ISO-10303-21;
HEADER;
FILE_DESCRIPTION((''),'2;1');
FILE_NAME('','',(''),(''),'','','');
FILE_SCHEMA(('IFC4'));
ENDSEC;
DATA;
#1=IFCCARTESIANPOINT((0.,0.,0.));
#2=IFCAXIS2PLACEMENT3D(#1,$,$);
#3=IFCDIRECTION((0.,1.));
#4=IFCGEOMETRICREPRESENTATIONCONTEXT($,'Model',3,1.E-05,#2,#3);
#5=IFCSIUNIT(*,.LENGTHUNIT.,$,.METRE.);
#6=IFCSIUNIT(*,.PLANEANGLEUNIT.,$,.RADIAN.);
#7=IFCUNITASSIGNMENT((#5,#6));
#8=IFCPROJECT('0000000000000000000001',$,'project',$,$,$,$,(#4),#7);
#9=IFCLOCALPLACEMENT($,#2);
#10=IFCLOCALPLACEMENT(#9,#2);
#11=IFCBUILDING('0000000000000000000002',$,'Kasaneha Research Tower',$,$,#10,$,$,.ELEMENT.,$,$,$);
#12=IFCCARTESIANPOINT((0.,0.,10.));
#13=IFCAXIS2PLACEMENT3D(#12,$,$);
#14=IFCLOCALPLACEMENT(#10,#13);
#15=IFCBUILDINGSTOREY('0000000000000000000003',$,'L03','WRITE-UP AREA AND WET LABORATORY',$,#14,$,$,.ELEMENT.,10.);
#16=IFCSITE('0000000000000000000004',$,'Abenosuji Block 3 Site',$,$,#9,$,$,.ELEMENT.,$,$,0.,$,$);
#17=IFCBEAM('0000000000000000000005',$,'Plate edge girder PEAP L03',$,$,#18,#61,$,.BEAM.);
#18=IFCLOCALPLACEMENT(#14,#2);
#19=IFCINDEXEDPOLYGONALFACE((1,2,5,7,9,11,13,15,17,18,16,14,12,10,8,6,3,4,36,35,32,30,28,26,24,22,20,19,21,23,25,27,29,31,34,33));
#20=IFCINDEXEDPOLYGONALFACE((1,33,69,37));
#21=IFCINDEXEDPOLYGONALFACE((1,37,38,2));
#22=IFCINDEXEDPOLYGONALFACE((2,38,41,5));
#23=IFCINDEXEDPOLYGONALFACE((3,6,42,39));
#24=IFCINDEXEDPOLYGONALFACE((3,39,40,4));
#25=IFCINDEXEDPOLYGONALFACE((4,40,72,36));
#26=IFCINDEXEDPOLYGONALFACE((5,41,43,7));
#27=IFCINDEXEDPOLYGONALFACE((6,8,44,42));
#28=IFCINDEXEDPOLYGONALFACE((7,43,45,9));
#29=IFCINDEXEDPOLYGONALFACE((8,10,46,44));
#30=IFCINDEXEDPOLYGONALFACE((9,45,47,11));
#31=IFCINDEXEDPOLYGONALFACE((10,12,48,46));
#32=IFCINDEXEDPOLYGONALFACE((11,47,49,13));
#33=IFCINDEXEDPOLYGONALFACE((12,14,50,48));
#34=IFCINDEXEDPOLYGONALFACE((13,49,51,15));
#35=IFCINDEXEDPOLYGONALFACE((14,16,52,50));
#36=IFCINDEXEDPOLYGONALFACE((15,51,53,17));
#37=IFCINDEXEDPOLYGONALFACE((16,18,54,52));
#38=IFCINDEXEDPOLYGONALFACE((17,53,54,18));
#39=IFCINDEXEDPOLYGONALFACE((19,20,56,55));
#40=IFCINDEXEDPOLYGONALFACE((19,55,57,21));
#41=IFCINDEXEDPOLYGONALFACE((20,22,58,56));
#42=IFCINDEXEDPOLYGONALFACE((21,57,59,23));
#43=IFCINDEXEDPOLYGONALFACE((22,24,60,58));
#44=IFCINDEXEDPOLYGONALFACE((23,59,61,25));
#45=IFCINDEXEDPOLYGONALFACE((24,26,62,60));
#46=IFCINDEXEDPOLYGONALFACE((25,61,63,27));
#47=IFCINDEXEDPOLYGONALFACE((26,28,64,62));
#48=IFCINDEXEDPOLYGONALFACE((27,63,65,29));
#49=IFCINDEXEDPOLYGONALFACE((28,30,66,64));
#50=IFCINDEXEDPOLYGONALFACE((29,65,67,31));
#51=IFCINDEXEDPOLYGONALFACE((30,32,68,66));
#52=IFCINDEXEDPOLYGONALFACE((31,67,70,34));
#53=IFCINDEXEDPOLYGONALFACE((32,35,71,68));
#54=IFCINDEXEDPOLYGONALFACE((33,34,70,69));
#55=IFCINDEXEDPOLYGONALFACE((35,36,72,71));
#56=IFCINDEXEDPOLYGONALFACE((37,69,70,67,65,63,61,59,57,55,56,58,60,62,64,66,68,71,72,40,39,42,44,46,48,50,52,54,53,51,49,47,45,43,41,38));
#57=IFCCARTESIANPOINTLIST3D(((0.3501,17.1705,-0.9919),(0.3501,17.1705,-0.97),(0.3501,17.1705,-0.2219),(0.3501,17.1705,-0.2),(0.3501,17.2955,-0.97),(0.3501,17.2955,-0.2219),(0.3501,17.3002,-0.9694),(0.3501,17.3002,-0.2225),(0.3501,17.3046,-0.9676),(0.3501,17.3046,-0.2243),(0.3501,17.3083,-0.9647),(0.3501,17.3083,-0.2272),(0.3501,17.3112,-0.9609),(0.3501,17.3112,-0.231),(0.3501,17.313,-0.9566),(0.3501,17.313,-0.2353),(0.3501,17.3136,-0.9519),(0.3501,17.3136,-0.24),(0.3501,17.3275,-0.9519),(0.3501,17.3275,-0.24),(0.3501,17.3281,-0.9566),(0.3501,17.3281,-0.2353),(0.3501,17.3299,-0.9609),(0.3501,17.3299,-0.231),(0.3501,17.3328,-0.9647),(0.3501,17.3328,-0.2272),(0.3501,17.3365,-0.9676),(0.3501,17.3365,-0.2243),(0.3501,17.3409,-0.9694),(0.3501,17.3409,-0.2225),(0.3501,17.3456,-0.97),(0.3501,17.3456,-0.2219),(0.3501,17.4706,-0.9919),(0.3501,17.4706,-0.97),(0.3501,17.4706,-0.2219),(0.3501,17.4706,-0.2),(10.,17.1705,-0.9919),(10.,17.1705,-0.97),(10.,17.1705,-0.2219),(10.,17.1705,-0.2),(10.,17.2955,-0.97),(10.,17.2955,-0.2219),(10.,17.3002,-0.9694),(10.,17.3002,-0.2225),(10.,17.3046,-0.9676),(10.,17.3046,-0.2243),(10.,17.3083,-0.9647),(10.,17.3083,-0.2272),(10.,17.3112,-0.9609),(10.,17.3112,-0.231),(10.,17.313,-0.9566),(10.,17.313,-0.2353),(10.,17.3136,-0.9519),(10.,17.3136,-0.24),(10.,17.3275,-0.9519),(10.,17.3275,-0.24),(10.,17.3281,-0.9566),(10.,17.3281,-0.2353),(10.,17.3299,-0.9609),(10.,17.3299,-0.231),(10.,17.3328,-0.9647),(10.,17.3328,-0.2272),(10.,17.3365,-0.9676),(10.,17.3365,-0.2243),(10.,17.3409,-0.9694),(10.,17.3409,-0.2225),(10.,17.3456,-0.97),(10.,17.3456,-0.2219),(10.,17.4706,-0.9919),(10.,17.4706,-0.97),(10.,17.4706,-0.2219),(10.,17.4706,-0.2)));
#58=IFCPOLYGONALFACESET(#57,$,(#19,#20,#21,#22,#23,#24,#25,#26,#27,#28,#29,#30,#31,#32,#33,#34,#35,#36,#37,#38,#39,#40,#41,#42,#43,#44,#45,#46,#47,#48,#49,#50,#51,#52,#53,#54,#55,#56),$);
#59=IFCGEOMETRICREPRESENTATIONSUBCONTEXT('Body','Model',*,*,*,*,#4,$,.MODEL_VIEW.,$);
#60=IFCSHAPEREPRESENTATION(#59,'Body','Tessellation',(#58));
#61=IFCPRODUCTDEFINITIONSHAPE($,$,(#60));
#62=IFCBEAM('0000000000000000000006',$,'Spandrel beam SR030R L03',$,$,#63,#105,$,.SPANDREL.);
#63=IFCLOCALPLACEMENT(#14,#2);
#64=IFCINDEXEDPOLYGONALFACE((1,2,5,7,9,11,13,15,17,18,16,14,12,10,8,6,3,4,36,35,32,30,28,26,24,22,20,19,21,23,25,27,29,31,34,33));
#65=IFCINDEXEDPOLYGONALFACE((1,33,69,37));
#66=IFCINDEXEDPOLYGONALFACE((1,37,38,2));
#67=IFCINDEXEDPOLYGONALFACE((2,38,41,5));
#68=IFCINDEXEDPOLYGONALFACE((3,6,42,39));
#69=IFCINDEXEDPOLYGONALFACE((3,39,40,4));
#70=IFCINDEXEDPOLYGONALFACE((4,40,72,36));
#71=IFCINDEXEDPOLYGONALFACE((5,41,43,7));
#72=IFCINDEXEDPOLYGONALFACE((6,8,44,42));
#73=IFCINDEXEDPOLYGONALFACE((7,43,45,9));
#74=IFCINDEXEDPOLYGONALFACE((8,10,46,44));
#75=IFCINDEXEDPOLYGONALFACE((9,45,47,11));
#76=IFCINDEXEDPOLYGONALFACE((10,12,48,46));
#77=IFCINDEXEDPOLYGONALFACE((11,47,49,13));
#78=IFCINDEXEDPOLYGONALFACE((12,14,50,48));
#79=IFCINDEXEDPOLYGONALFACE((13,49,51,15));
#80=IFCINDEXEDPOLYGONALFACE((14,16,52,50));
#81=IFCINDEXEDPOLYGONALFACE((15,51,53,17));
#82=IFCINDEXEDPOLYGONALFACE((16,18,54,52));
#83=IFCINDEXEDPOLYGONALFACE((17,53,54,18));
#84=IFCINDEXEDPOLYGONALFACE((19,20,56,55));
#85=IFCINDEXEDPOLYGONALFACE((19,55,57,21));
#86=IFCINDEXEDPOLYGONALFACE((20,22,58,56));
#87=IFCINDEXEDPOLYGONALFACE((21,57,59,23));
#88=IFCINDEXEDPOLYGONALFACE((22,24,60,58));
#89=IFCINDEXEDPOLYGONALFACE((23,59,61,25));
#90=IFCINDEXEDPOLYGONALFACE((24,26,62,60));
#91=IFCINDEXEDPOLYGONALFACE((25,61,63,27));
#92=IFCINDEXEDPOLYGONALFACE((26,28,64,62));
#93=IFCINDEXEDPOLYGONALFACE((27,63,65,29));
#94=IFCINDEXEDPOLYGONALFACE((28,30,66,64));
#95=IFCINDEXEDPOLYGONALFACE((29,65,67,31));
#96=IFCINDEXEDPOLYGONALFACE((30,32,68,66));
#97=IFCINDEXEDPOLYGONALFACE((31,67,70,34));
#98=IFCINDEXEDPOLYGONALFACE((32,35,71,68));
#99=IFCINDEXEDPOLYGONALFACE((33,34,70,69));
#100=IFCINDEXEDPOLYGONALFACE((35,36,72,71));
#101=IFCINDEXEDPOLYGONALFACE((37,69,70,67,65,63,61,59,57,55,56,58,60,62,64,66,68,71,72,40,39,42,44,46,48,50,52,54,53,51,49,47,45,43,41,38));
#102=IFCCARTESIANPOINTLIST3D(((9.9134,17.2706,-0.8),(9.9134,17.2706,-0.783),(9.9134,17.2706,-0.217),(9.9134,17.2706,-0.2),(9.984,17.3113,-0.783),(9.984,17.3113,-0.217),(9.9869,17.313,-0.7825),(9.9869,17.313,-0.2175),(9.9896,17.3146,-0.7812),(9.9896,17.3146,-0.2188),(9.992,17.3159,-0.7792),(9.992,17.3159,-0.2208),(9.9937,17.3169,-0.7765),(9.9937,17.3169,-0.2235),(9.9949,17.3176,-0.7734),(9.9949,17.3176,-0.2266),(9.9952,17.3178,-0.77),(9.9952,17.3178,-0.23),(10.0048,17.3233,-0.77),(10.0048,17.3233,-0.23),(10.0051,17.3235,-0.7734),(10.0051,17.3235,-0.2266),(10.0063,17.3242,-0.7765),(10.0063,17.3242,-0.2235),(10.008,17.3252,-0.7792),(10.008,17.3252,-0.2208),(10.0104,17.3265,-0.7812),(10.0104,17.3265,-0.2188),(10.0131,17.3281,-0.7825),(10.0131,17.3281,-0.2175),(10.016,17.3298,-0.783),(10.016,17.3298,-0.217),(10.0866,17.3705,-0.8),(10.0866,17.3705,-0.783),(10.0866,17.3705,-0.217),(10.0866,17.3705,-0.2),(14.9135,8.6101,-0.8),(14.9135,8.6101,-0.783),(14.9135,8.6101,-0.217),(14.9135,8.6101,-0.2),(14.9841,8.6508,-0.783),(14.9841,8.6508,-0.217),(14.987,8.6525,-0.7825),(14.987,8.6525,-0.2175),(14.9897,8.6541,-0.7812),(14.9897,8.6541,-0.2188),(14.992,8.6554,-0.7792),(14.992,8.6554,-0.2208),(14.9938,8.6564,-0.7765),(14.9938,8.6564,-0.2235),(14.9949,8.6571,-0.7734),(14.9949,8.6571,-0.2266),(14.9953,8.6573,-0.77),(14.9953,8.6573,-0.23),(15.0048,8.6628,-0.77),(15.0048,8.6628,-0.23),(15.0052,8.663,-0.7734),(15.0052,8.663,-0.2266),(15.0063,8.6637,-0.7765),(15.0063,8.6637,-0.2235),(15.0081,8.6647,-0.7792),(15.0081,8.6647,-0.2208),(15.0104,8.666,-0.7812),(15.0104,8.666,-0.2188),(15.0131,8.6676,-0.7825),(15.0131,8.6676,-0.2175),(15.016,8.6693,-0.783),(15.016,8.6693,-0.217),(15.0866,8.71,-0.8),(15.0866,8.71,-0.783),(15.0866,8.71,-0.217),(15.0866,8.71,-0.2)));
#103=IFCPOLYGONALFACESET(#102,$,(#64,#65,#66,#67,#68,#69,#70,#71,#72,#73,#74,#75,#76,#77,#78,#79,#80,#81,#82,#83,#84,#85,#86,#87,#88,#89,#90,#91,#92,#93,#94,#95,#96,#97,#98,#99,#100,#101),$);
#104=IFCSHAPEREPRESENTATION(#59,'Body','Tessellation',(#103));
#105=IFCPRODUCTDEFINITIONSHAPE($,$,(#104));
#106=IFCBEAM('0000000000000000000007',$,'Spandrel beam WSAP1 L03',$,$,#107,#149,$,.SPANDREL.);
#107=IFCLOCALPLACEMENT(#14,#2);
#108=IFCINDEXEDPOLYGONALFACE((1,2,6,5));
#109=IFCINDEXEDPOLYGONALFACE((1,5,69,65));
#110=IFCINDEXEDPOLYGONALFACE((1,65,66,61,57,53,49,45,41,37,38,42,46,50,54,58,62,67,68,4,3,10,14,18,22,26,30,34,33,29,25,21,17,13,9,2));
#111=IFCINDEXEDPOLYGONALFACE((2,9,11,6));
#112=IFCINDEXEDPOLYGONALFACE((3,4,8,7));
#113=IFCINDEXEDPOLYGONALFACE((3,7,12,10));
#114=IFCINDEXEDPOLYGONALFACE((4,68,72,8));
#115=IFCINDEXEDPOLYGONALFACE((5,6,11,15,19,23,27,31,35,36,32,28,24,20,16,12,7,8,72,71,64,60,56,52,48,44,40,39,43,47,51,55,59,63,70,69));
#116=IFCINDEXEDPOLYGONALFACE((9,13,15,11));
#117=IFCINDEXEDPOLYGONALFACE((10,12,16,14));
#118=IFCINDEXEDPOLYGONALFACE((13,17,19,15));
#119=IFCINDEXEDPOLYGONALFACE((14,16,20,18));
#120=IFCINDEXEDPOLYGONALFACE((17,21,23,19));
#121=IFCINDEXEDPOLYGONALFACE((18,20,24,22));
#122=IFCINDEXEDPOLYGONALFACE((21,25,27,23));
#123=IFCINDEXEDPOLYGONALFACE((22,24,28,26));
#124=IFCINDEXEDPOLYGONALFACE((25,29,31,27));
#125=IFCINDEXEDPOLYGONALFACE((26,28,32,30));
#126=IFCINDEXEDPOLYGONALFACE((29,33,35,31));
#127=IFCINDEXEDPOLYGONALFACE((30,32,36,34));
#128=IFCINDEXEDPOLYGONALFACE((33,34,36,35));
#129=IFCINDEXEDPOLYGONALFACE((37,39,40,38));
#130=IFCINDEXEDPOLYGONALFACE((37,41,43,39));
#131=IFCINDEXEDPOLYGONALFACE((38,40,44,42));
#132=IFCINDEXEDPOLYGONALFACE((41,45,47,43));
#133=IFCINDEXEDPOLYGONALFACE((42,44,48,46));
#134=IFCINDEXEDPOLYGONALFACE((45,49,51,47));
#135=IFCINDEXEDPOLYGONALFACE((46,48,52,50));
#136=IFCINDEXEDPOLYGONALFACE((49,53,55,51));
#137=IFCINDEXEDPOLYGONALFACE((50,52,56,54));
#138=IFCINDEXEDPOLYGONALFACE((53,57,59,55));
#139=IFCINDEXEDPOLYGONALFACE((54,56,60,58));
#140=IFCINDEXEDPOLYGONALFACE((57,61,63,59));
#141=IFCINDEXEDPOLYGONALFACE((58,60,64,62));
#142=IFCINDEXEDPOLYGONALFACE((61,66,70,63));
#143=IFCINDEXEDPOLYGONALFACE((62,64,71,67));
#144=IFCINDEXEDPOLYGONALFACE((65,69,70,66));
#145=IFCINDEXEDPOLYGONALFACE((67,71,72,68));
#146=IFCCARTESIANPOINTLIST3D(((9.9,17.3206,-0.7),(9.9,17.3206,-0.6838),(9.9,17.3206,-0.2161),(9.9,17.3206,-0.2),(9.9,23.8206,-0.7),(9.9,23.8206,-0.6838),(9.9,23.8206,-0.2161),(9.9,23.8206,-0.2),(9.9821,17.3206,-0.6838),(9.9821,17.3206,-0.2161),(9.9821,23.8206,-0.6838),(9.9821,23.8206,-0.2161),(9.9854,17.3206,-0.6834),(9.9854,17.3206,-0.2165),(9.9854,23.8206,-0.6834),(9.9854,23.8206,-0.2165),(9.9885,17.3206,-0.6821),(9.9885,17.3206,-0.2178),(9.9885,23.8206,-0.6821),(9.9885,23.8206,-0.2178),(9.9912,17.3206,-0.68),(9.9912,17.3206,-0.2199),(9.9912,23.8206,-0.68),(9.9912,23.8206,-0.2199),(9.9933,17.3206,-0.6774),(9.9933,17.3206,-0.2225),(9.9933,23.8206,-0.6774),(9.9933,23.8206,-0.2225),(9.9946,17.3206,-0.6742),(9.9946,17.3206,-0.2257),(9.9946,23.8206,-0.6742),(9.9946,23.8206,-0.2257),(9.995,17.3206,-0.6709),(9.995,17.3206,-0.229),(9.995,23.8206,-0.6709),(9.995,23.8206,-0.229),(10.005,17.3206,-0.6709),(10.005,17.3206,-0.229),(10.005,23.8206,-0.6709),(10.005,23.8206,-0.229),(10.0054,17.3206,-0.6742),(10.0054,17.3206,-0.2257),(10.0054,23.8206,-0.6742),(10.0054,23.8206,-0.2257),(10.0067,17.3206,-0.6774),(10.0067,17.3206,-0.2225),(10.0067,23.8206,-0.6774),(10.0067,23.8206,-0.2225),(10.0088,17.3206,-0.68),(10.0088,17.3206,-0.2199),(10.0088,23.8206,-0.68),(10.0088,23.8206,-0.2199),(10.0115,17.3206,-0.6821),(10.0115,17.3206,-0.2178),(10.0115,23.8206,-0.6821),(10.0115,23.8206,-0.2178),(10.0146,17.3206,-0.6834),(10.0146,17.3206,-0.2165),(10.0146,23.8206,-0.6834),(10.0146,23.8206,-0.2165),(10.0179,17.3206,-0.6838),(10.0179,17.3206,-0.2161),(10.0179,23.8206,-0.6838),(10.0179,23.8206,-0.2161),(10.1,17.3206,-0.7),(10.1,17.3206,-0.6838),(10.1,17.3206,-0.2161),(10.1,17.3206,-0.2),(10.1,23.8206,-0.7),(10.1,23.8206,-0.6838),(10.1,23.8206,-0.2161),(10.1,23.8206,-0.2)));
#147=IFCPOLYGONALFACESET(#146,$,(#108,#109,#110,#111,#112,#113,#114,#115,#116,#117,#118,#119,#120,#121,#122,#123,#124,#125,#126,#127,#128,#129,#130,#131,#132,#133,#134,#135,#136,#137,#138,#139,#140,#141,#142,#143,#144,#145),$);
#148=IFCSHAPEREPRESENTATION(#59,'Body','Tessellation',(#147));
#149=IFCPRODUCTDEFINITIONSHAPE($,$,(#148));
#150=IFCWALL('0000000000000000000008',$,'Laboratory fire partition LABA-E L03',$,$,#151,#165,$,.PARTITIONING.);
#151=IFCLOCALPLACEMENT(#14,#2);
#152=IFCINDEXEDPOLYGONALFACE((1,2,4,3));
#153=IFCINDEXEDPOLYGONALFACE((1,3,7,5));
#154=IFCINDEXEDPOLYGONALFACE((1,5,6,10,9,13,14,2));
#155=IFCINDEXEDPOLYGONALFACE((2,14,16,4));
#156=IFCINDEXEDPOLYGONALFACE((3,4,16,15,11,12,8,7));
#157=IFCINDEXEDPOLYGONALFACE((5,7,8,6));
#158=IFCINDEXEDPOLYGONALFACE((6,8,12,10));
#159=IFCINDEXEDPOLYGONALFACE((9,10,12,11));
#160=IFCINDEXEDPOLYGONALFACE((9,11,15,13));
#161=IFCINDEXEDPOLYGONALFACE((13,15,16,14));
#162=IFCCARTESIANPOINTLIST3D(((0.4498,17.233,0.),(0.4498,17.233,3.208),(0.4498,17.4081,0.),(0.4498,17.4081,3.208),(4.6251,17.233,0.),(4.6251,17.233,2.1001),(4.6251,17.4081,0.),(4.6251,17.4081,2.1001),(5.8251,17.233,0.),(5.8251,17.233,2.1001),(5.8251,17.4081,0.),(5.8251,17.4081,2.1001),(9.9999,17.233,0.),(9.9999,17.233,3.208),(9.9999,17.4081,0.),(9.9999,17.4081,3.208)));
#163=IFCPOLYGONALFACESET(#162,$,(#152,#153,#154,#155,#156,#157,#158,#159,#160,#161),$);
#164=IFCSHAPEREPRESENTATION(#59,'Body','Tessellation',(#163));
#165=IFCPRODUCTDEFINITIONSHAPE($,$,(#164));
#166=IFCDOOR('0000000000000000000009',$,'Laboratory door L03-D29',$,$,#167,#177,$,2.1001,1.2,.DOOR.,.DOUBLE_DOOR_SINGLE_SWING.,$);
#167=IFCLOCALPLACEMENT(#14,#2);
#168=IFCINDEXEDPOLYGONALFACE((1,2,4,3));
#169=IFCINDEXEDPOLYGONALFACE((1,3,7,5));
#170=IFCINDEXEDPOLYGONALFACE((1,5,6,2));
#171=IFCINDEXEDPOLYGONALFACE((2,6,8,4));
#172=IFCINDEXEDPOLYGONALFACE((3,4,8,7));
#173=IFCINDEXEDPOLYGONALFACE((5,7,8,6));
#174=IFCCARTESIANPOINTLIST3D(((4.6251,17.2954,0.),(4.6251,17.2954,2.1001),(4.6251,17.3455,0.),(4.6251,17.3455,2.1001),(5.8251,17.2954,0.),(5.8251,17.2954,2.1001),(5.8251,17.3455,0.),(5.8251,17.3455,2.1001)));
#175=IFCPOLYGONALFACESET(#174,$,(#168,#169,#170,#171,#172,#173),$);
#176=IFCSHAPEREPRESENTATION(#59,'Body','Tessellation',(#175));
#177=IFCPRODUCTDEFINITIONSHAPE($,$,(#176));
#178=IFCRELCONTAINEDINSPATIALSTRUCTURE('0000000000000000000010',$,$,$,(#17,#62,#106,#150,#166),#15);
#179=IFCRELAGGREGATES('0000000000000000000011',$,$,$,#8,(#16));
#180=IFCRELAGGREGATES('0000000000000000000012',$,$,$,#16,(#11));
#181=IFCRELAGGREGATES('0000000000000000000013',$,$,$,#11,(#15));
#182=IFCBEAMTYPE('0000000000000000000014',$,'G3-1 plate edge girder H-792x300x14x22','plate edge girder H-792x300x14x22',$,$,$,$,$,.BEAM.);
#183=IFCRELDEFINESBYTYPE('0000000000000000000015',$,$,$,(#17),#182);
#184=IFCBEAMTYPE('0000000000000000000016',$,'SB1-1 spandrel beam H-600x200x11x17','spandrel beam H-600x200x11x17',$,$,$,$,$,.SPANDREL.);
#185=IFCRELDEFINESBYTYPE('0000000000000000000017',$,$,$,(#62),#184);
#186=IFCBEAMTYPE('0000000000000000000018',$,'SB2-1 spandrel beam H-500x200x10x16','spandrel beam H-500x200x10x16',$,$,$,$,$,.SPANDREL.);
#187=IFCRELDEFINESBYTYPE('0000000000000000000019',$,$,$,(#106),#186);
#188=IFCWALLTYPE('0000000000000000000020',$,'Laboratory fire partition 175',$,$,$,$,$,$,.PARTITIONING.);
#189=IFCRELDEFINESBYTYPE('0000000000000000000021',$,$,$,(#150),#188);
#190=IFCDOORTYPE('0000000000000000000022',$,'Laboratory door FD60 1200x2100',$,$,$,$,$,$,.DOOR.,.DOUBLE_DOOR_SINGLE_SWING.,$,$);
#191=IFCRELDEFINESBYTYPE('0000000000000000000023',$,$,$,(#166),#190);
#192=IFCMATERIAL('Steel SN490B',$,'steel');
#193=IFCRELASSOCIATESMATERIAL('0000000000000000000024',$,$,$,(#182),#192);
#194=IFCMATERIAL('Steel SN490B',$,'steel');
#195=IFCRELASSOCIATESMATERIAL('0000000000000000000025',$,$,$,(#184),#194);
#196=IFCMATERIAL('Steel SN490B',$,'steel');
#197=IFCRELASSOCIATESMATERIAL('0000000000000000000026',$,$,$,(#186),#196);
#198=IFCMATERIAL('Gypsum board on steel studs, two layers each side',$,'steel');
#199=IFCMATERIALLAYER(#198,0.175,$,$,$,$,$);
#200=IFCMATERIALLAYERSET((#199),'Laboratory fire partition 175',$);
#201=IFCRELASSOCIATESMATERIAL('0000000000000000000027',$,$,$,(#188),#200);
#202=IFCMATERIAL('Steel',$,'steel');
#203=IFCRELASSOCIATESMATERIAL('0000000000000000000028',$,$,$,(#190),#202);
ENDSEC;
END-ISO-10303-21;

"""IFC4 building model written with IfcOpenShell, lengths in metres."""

from ifc_helpers import new_model, si_unit, direction, frame, frame_2d, origin, origin_2d, place, context, subcontext, project, spatial, rectangle, i_section, extrude, material, layer, layer_set, material_profile, profile_set, type_object, element, fill, save


model = new_model("IFC4")

# Units and contexts
model_context = context("Model", 3, precision=1e-05, world=origin(), true_north=direction((0.0, 1.0)))
body_context = subcontext(model_context, "Body", "Model", "MODEL_VIEW")
ifc_project = project(units=[si_unit("LENGTHUNIT", "METRE"), si_unit("PLANEANGLEUNIT", "RADIAN")], contexts=[model_context])

# Site, building, storey
site_placement = place(None, origin())
site = spatial("IfcSite", under=ifc_project, at=site_placement, Name="Abenosuji Block 3 Site", CompositionType="ELEMENT", RefElevation=0.0)
building_placement = place(site_placement, origin())
building = spatial("IfcBuilding", under=site, at=building_placement, Name="Kasaneha Research Tower", CompositionType="ELEMENT")
storey_placement = place(building_placement, frame((0.0, 0.0, 10.0)))
storey = spatial("IfcBuildingStorey", under=building, at=storey_placement, Name="L03", Description="WRITE-UP AREA AND WET LABORATORY", CompositionType="ELEMENT", Elevation=10.0)

# Beams
ifc_material_1 = material(Name="Steel SN490B", Category="steel")
ifc_material_profile_1 = material_profile(ifc_material_1, i_section(OverallWidth=0.3, OverallDepth=0.792, WebThickness=0.0139, FlangeThickness=0.022, FilletRadius=0.0181, at=origin_2d()), Name="H-792x300x14x22")
ifc_profile_set_1 = profile_set([ifc_material_profile_1], Name="Steel SN490B")
beam_type_1 = type_object("IfcBeamType", Name="G3-1 plate edge girder H-792x300x14x22", Description="plate edge girder H-792x300x14x22", PredefinedType="BEAM", material=ifc_profile_set_1)
beam_1_placement = place(storey_placement, frame((10.0, 17.3206, -0.5959), z_axis=(-1.0, 0.0, 0.0), x_axis=(0.0, -1.0, 0.0)))
element("IfcBeam", 1, at=beam_1_placement, inside=storey, type_object=beam_type_1, Name="Plate edge girder PEAP L03", PredefinedType="BEAM", context=body_context, shape_type="SweptSolid", body=[
    extrude(i_section(OverallWidth=0.3, OverallDepth=0.792, WebThickness=0.0139, FlangeThickness=0.022, FilletRadius=0.0181, at=origin_2d()), origin(), (0.0, 0.0, 1.0), 9.6499),
])
ifc_material_2 = material(Name="Steel SN490B", Category="steel")
ifc_material_profile_2 = material_profile(ifc_material_2, i_section(OverallWidth=0.2, OverallDepth=0.6001, WebThickness=0.011, FlangeThickness=0.0171, FilletRadius=0.0129, at=origin_2d()), Name="H-600x200x11x17")
ifc_profile_set_2 = profile_set([ifc_material_profile_2], Name="Steel SN490B")
beam_type_2 = type_object("IfcBeamType", Name="SB1-1 spandrel beam H-600x200x11x17", Description="spandrel beam H-600x200x11x17", PredefinedType="SPANDREL", material=ifc_profile_set_2)
beam_2_placement = place(storey_placement, frame((10.0, 17.3206, -0.5), z_axis=(0.499994, -0.866029, 0.0), x_axis=(0.866029, 0.499994, 0.0)))
element("IfcBeam", 2, at=beam_2_placement, inside=storey, type_object=beam_type_2, Name="Spandrel beam SR030R L03", PredefinedType="SPANDREL", context=body_context, shape_type="SweptSolid", body=[
    extrude(i_section(OverallWidth=0.2, OverallDepth=0.6001, WebThickness=0.011, FlangeThickness=0.0171, FilletRadius=0.0129, at=origin_2d()), origin(), (0.0, 0.0, 1.0), 10.0002),
])
ifc_material_3 = material(Name="Steel SN490B", Category="steel")
ifc_material_profile_3 = material_profile(ifc_material_3, i_section(OverallWidth=0.2, OverallDepth=0.5, WebThickness=0.01, FlangeThickness=0.0161, FilletRadius=0.0129, at=origin_2d()), Name="H-500x200x10x16")
ifc_profile_set_3 = profile_set([ifc_material_profile_3], Name="Steel SN490B")
beam_type_3 = type_object("IfcBeamType", Name="SB2-1 spandrel beam H-500x200x10x16", Description="spandrel beam H-500x200x10x16", PredefinedType="SPANDREL", material=ifc_profile_set_3)
beam_3_placement = place(storey_placement, frame((10.0, 17.3206, -0.45), z_axis=(0.0, 1.0, 0.0), x_axis=(-1.0, 0.0, 0.0)))
element("IfcBeam", 3, at=beam_3_placement, inside=storey, type_object=beam_type_3, Name="Spandrel beam WSAP1 L03", PredefinedType="SPANDREL", context=body_context, shape_type="SweptSolid", body=[
    extrude(i_section(OverallWidth=0.2, OverallDepth=0.5, WebThickness=0.01, FlangeThickness=0.0161, FilletRadius=0.0129, at=origin_2d()), origin(), (0.0, 0.0, 1.0), 6.5),
])

# Wall, opening, door
ifc_material_4 = material(Name="Gypsum board on steel studs, two layers each side", Category="steel")
ifc_layer_1 = layer(ifc_material_4, 0.175)
ifc_layer_set_1 = layer_set([ifc_layer_1], Name="Laboratory fire partition 175")
wall_type_1 = type_object("IfcWallType", Name="Laboratory fire partition 175", PredefinedType="PARTITIONING", material=ifc_layer_set_1)
wall_1_placement = place(storey_placement, frame((0.45, 17.3206, 0.0), z_axis=(0.0, 0.0, 1.0), x_axis=(1.0, 0.0, 0.0)))
wall_1 = element("IfcWall", 4, at=wall_1_placement, inside=storey, type_object=wall_type_1, Name="Laboratory fire partition LABA-E L03", PredefinedType="PARTITIONING", context=body_context, shape_type="SweptSolid", body=[
    extrude(rectangle(XDim=9.55, YDim=0.175, at=frame_2d((4.7749, 0.0))), origin(), (0.0, 0.0, 1.0), 3.208),
])
opening_1_placement = place(wall_1_placement, frame((4.175, 0.0, 0.0)))
opening_1 = element("IfcOpeningElement", 5, at=opening_1_placement, cuts=wall_1, PredefinedType="OPENING", context=body_context, shape_type="SweptSolid", body=[
    extrude(rectangle(XDim=1.2, YDim=2.1001, at=frame_2d((0.6001, 1.05))), frame((0.0, 0.0977, 0.0), z_axis=(0.0, -1.0, 0.0), x_axis=(1.0, 0.0, 0.0)), (0.0, 0.0, 1.0), 0.1951),
])
ifc_material_5 = material(Name="Steel", Category="steel")
door_type_1 = type_object("IfcDoorType", Name="Laboratory door FD60 1200x2100", OperationType="DOUBLE_DOOR_SINGLE_SWING", PredefinedType="DOOR", material=ifc_material_5)
door_1_placement = place(opening_1_placement, origin())
door_1 = element("IfcDoor", 6, at=door_1_placement, inside=storey, type_object=door_type_1, Name="Laboratory door L03-D29", OperationType="DOUBLE_DOOR_SINGLE_SWING", OverallHeight=2.1001, OverallWidth=1.2, PredefinedType="DOOR", context=body_context, shape_type="SweptSolid", body=[
    extrude(rectangle(XDim=1.2, YDim=2.1001, at=frame_2d((0.6001, 1.05))), frame((0.0, 0.0249, 0.0), z_axis=(0.0, -1.0, 0.0), x_axis=(1.0, 0.0, 0.0)), (0.0, 0.0, 1.0), 0.05),
])
fill(opening_1, door_1)

save(model, "model.ifc")
